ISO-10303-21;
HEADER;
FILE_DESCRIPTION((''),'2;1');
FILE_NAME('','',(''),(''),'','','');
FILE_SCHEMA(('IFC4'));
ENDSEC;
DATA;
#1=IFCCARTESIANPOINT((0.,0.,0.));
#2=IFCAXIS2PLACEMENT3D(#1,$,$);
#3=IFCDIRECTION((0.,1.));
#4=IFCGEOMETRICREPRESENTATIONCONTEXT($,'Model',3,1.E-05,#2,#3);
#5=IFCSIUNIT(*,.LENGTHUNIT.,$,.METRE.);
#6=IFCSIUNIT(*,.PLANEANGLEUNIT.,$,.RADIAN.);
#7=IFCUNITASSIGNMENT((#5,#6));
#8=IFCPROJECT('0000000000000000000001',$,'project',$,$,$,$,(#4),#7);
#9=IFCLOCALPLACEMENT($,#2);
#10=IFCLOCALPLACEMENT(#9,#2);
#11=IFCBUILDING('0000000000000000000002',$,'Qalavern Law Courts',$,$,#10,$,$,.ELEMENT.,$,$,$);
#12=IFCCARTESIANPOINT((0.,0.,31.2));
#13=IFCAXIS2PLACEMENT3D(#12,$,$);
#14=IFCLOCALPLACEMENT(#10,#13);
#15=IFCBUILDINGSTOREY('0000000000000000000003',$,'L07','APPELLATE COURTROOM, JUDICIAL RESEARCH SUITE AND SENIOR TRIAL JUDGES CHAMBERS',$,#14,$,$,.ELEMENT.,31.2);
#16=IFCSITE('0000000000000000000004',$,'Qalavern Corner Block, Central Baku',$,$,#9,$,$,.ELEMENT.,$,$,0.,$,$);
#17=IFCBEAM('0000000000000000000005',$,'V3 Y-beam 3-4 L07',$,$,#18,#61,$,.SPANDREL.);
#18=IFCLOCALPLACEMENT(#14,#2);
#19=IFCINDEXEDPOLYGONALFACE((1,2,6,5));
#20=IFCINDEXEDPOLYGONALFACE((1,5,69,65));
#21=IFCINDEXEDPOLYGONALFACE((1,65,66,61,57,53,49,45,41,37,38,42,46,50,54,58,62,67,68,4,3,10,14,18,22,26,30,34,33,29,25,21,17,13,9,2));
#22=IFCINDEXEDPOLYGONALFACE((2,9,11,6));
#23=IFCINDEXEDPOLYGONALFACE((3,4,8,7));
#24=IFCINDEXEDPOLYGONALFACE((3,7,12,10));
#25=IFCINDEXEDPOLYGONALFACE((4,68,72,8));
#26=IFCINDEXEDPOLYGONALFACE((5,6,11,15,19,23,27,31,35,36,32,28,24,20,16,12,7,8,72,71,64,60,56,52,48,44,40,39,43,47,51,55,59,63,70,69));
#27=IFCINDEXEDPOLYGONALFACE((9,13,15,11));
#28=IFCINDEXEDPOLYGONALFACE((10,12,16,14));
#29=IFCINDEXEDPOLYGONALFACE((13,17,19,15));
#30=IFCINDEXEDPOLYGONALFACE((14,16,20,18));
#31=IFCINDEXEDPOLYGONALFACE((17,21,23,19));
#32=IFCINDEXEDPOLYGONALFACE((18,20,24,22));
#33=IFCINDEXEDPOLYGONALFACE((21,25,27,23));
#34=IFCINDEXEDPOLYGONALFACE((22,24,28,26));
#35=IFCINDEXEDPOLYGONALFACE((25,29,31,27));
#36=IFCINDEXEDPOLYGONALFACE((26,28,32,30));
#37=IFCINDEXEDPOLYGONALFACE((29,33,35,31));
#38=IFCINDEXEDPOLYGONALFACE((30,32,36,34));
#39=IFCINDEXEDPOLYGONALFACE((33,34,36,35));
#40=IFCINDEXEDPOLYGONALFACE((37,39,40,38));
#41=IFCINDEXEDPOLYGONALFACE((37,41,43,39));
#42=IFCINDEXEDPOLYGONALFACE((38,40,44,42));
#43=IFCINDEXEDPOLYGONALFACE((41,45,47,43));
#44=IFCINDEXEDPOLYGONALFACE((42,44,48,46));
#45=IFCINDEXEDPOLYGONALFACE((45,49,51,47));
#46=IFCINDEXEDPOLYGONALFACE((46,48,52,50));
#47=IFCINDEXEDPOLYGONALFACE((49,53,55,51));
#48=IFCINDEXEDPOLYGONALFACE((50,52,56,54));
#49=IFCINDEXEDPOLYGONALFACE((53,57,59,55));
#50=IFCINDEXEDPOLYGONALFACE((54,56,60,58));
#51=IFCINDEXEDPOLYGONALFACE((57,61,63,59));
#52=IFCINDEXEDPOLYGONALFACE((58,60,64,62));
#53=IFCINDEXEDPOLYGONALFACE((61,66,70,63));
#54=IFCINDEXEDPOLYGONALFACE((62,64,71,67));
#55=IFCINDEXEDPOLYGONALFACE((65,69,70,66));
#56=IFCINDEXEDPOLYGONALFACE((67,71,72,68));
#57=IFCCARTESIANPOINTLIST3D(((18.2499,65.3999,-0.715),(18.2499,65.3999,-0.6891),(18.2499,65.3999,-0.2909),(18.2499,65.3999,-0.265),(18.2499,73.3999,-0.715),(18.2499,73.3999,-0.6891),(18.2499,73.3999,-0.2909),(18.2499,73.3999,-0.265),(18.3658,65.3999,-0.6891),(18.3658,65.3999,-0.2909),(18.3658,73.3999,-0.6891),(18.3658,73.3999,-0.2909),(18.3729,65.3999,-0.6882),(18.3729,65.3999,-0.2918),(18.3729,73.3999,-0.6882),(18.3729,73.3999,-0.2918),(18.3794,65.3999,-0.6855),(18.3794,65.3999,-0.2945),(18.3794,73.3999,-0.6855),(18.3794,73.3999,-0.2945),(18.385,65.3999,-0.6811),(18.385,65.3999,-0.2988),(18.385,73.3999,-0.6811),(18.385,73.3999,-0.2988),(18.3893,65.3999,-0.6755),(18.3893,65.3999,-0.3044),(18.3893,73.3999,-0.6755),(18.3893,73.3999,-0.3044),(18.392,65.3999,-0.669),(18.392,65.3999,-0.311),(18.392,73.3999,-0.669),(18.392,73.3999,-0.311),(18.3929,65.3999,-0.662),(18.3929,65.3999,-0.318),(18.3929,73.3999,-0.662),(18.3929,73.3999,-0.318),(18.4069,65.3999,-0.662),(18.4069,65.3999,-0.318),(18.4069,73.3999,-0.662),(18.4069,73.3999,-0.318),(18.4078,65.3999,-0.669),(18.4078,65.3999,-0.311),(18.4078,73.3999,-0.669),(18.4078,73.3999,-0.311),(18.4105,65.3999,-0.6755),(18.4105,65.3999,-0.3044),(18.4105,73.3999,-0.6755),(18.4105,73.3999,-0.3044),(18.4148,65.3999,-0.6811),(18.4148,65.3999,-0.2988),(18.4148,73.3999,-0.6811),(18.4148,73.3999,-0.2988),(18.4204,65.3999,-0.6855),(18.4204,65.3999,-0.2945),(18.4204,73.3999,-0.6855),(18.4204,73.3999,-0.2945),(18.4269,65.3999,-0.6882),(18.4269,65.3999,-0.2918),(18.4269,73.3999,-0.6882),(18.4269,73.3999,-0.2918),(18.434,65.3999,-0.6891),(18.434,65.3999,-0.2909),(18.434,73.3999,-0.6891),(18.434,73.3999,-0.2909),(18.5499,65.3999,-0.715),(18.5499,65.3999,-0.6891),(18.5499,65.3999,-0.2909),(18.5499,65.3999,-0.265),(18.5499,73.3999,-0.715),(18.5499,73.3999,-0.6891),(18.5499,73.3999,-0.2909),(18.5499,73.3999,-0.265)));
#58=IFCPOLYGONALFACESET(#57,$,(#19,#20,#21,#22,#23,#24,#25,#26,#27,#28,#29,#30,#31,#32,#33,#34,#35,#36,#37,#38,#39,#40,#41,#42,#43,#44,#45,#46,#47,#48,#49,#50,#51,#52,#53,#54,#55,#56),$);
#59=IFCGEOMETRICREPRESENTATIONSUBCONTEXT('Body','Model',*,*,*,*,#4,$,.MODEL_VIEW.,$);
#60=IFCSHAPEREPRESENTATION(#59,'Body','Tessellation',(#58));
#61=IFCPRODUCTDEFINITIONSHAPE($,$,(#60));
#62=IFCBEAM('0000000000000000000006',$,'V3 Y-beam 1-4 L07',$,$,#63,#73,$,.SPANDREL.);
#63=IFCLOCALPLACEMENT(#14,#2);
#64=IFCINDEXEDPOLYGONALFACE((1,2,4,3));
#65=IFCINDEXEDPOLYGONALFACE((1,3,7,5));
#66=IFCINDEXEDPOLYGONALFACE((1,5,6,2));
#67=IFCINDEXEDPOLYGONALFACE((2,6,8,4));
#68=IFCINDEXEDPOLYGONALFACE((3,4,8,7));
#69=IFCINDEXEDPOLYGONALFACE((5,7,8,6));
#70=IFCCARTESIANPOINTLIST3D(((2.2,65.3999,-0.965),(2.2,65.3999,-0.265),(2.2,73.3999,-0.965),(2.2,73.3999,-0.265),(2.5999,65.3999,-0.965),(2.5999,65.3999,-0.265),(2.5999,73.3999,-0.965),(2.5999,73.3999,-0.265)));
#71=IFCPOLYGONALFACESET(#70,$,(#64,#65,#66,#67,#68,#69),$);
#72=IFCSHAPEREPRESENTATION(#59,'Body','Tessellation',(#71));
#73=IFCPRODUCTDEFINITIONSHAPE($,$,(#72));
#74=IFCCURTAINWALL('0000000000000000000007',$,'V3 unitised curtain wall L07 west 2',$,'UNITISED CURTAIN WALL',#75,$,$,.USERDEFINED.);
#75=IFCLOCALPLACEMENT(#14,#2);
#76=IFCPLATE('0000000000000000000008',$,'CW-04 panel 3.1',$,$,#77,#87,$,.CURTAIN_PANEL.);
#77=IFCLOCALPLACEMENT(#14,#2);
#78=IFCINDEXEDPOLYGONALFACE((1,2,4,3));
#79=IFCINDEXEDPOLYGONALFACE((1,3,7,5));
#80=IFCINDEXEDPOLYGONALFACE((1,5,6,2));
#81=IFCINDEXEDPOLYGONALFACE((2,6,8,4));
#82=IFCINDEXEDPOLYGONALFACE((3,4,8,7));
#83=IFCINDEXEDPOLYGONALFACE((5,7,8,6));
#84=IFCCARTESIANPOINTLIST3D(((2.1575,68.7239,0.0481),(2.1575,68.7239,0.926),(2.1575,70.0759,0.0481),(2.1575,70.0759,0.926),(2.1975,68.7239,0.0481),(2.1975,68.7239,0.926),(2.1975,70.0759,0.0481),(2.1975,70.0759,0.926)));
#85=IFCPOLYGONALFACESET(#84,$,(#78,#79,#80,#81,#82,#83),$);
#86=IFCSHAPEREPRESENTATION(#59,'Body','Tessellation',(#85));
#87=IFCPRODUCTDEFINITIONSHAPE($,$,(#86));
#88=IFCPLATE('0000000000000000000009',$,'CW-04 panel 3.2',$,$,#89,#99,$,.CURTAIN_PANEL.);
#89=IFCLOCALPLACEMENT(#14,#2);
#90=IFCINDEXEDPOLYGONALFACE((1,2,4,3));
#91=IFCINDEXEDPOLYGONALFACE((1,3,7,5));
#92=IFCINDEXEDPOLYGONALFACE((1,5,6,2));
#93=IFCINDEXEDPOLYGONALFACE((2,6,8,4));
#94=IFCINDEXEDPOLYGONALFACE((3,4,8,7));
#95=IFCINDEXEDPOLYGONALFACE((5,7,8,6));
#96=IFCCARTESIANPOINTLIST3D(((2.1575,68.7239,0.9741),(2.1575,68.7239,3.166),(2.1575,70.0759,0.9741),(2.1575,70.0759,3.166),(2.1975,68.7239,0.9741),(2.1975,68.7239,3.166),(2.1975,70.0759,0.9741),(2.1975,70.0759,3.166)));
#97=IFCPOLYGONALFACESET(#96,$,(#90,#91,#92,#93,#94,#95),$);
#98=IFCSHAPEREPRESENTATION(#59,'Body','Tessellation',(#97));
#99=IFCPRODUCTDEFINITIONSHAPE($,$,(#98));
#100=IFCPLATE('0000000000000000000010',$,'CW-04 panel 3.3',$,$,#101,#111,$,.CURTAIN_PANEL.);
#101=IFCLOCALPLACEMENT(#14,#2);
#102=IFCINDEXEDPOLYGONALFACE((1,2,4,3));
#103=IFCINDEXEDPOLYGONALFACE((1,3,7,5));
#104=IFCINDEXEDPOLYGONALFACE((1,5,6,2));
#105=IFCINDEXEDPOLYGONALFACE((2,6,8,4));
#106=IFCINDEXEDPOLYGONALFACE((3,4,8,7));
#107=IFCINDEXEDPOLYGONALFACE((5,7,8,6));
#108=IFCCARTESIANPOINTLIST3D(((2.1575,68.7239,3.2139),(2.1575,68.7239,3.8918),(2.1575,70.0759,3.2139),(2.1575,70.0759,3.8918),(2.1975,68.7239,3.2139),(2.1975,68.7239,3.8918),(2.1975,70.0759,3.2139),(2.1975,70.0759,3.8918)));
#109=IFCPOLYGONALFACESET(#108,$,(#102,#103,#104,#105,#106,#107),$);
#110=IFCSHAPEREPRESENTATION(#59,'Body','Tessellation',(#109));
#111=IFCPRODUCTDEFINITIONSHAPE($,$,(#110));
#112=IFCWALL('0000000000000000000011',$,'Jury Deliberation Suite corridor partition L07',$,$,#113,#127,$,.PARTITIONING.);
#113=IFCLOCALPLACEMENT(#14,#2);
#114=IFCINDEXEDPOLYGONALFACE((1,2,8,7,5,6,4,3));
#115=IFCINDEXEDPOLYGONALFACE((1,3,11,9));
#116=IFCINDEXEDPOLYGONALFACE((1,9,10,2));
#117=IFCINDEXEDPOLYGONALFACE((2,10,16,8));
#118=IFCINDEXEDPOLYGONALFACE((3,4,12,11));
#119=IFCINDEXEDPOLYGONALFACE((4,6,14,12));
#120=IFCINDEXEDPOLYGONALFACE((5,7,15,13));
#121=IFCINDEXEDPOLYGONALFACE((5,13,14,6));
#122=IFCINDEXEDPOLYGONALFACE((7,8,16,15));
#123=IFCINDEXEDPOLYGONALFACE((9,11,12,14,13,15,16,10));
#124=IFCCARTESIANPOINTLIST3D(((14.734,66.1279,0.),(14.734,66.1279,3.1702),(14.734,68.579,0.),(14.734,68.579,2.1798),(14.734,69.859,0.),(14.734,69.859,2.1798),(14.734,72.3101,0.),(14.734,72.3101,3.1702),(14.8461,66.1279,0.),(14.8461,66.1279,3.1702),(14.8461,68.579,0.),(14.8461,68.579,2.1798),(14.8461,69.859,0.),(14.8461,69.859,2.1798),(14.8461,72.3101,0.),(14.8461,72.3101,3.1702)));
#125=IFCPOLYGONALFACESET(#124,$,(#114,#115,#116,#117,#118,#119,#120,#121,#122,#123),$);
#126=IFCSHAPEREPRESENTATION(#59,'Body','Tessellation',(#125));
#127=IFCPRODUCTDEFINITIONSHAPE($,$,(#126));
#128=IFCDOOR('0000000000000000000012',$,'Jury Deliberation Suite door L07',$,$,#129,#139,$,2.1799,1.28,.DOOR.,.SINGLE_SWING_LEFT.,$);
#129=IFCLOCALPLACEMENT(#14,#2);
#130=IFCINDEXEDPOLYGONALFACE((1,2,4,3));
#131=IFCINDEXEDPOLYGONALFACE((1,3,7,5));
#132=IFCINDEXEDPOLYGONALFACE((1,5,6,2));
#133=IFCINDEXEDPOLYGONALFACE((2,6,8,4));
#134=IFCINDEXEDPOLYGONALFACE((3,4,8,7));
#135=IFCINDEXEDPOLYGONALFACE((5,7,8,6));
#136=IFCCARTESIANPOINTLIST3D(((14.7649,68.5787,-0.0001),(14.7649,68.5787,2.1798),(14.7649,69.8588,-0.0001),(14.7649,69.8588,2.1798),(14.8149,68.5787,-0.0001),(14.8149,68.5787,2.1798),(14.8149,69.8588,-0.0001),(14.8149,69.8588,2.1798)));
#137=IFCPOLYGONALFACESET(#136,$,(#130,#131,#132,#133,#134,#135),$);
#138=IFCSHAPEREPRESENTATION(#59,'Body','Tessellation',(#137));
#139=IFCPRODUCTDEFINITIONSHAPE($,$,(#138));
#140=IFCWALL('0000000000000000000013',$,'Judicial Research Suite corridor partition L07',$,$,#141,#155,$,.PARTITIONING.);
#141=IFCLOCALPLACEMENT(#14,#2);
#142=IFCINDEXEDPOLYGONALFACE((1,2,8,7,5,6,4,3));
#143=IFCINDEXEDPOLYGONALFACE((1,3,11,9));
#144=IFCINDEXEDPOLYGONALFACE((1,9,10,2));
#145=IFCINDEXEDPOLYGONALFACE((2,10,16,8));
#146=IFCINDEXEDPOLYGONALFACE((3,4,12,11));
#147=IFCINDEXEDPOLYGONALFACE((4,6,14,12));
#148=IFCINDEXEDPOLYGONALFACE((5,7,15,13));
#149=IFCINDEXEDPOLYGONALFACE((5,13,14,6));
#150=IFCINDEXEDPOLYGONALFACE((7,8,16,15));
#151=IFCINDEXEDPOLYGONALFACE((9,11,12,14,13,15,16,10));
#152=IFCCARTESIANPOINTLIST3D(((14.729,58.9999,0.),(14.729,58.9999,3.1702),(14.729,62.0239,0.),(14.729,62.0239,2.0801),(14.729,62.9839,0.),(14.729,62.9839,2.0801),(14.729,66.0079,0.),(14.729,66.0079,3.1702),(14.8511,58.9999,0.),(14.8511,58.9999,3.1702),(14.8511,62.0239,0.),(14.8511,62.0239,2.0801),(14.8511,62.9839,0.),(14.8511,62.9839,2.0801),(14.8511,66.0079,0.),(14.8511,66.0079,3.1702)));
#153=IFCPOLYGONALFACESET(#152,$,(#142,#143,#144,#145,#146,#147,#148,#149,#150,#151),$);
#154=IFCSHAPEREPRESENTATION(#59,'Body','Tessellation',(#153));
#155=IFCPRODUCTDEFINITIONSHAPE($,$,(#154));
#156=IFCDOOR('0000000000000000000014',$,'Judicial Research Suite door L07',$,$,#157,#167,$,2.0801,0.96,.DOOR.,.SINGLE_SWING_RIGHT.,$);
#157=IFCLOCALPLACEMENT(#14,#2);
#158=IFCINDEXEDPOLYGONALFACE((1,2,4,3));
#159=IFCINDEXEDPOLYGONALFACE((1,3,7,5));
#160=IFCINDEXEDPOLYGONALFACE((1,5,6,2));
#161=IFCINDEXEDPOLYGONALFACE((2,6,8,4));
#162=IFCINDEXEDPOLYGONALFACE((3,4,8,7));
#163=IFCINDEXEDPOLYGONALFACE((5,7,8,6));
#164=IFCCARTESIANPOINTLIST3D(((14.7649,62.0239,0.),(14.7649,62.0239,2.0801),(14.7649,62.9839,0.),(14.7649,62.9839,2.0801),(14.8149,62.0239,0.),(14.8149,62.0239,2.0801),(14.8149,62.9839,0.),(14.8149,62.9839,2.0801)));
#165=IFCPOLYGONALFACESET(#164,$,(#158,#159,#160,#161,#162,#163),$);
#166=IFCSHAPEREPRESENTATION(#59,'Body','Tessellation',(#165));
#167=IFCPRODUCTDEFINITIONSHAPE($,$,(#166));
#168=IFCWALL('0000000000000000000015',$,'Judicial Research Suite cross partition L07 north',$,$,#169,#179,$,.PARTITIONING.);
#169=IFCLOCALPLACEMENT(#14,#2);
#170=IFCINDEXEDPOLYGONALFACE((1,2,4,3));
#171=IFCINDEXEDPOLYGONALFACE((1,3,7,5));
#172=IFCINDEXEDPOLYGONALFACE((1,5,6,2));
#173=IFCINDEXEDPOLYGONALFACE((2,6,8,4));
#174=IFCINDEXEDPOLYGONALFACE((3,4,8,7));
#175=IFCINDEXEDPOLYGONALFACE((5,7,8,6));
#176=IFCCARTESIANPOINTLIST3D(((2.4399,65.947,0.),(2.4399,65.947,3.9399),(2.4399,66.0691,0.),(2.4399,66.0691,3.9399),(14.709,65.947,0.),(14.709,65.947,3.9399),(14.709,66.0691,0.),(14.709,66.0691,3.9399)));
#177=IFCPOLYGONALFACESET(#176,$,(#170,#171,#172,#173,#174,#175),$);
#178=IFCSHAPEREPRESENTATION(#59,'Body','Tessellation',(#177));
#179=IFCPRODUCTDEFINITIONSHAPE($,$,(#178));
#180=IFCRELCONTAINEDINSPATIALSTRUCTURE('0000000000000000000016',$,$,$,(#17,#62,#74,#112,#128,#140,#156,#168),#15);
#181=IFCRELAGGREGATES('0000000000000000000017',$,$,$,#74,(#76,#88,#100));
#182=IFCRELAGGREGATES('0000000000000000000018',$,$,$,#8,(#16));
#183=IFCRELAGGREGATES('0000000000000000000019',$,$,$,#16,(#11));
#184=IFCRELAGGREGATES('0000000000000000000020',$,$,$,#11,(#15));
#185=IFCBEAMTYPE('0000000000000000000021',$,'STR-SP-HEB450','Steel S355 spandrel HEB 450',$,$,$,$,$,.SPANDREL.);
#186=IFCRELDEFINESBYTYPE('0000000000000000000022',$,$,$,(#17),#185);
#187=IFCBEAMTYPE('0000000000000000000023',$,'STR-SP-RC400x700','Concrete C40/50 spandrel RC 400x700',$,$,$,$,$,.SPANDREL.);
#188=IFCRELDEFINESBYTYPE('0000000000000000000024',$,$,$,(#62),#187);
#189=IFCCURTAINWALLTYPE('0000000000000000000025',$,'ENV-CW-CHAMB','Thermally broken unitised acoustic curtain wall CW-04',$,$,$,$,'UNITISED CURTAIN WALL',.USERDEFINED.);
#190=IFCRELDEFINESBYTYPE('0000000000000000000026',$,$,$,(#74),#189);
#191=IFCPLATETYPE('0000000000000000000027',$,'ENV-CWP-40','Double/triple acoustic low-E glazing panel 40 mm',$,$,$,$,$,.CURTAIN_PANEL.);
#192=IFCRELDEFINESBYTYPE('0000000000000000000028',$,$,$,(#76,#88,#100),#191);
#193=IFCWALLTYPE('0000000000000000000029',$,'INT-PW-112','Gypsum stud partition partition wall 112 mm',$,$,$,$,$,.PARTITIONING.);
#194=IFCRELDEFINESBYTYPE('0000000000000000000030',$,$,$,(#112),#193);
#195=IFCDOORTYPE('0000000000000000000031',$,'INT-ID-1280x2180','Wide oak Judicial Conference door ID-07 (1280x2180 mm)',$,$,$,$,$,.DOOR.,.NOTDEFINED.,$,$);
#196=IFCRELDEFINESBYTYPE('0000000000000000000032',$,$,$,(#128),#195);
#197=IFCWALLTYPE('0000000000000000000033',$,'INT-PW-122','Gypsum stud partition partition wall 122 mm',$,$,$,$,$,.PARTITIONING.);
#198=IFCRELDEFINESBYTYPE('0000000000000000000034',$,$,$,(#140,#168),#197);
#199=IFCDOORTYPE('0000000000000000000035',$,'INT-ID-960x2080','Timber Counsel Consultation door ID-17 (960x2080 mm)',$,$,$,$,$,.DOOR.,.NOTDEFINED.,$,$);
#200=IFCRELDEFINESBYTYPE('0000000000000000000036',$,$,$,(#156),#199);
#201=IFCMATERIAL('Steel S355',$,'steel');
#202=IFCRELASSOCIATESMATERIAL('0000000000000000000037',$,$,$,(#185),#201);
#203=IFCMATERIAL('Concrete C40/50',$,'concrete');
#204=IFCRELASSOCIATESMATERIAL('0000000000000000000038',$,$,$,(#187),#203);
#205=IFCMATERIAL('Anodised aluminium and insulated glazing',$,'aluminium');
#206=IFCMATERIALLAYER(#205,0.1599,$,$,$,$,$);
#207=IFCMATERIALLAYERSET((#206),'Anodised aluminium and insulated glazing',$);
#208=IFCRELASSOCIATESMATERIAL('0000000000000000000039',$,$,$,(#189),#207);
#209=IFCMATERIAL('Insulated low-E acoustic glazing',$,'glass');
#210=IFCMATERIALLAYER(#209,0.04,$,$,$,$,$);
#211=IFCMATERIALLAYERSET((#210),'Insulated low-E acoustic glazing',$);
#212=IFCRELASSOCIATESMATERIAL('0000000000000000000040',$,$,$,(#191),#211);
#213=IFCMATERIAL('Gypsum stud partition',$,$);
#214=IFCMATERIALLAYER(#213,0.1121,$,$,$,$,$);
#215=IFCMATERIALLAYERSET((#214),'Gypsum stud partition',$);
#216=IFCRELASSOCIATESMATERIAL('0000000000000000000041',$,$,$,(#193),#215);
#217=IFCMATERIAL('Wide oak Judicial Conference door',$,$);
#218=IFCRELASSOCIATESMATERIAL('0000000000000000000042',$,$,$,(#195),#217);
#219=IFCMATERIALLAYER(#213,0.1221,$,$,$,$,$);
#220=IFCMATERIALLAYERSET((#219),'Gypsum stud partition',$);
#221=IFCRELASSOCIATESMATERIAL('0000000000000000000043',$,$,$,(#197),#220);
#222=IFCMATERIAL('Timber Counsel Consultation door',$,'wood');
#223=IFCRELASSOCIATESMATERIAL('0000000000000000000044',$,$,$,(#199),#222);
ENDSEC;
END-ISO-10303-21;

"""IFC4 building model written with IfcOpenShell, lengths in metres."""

from ifc_helpers import new_model, si_unit, direction, frame, frame_2d, origin, origin_2d, place, context, subcontext, project, spatial, rectangle, i_section, extrude, material, layer, layer_set, material_profile, profile_set, type_object, element, fill, aggregate, save


model = new_model("IFC4")

# Units and contexts
model_context = context("Model", 3, precision=1e-05, world=origin(), true_north=direction((0.0, 1.0)))
body_context = subcontext(model_context, "Body", "Model", "MODEL_VIEW")
ifc_project = project(units=[si_unit("LENGTHUNIT", "METRE"), si_unit("PLANEANGLEUNIT", "RADIAN")], contexts=[model_context])

# Site, building, storey
site_placement = place(None, origin())
site = spatial("IfcSite", under=ifc_project, at=site_placement, Name="Qalavern Corner Block, Central Baku", CompositionType="ELEMENT", RefElevation=0.0)
building_placement = place(site_placement, origin())
building = spatial("IfcBuilding", under=site, at=building_placement, Name="Qalavern Law Courts", CompositionType="ELEMENT")
storey_placement = place(building_placement, frame((0.0, 0.0, 31.2)))
storey = spatial("IfcBuildingStorey", under=building, at=storey_placement, Name="L07", Description="APPELLATE COURTROOM, JUDICIAL RESEARCH SUITE AND SENIOR TRIAL JUDGES CHAMBERS", CompositionType="ELEMENT", Elevation=31.2)

# Beams
ifc_material_1 = material(Name="Steel S355", Category="steel")
ifc_material_2 = material(Name="Concrete C40/50", Category="concrete")
ifc_material_profile_1 = material_profile(ifc_material_1, i_section(OverallWidth=0.3, OverallDepth=0.45, WebThickness=0.0139, FlangeThickness=0.0259, FilletRadius=0.0271, at=origin_2d()), Name="HEB 450")
ifc_profile_set_1 = profile_set([ifc_material_profile_1], Name="Steel S355")
beam_type_1 = type_object("IfcBeamType", Name="STR-SP-HEB450", Description="Steel S355 spandrel HEB 450", PredefinedType="SPANDREL", material=ifc_profile_set_1)
beam_1_placement = place(storey_placement, frame((18.3999, 65.3999, -0.49), z_axis=(0.0, 1.0, 0.0), x_axis=(-1.0, 0.0, 0.0)))
element("IfcBeam", 1, at=beam_1_placement, inside=storey, type_object=beam_type_1, Name="V3 Y-beam 3-4 L07", PredefinedType="SPANDREL", context=body_context, shape_type="SweptSolid", body=[
    extrude(i_section(OverallWidth=0.3, OverallDepth=0.45, WebThickness=0.0139, FlangeThickness=0.0259, FilletRadius=0.0271, at=origin_2d()), origin(), (0.0, 0.0, 1.0), 8.0),
])
ifc_material_profile_2 = material_profile(ifc_material_2, rectangle(XDim=0.3999, YDim=0.7, at=origin_2d()), Name="RC 400x700")
ifc_profile_set_2 = profile_set([ifc_material_profile_2], Name="Concrete C40/50")
beam_type_2 = type_object("IfcBeamType", Name="STR-SP-RC400x700", Description="Concrete C40/50 spandrel RC 400x700", PredefinedType="SPANDREL", material=ifc_profile_set_2)
beam_2_placement = place(storey_placement, frame((2.3999, 65.3999, -0.615), z_axis=(0.0, 1.0, 0.0), x_axis=(-1.0, 0.0, 0.0)))
element("IfcBeam", 2, at=beam_2_placement, inside=storey, type_object=beam_type_2, Name="V3 Y-beam 1-4 L07", PredefinedType="SPANDREL", context=body_context, shape_type="SweptSolid", body=[
    extrude(rectangle(XDim=0.3999, YDim=0.7, at=origin_2d()), origin(), (0.0, 0.0, 1.0), 8.0),
])

# Curtain wall, plates
ifc_material_3 = material(Name="Anodised aluminium and insulated glazing", Category="aluminium")
ifc_layer_1 = layer(ifc_material_3, 0.1599)
ifc_layer_set_1 = layer_set([ifc_layer_1], Name="Anodised aluminium and insulated glazing")
curtain_wall_type = type_object("IfcCurtainWallType", Name="ENV-CW-CHAMB", Description="Thermally broken unitised acoustic curtain wall CW-04", ElementType="UNITISED CURTAIN WALL", PredefinedType="USERDEFINED", material=ifc_layer_set_1)
curtain_wall_placement = place(storey_placement, origin())
curtain_wall = element("IfcCurtainWall", 3, at=curtain_wall_placement, inside=storey, type_object=curtain_wall_type, Name="V3 unitised curtain wall L07 west 2", ObjectType="UNITISED CURTAIN WALL", PredefinedType="USERDEFINED")
ifc_material_4 = material(Name="Insulated low-E acoustic glazing", Category="glass")
ifc_layer_2 = layer(ifc_material_4, 0.04)
ifc_layer_set_2 = layer_set([ifc_layer_2], Name="Insulated low-E acoustic glazing")
plate_type = type_object("IfcPlateType", Name="ENV-CWP-40", Description="Double/triple acoustic low-E glazing panel 40 mm", PredefinedType="CURTAIN_PANEL", material=ifc_layer_set_2)
plate_1_placement = place(storey_placement, frame((2.1775, 69.3999, 0.0481), z_axis=(0.0, 0.0, 1.0), x_axis=(0.0, -1.0, 0.0)))
plate_1 = element("IfcPlate", 4, at=plate_1_placement, type_object=plate_type, Name="CW-04 panel 3.1", PredefinedType="CURTAIN_PANEL", context=body_context, shape_type="SweptSolid", body=[
    extrude(rectangle(XDim=1.3521, YDim=0.04, at=origin_2d()), origin(), (0.0, 0.0, 1.0), 0.8779),
])
plate_2_placement = place(storey_placement, frame((2.1775, 69.3999, 0.9741), z_axis=(0.0, 0.0, 1.0), x_axis=(0.0, -1.0, 0.0)))
plate_2 = element("IfcPlate", 5, at=plate_2_placement, type_object=plate_type, Name="CW-04 panel 3.2", PredefinedType="CURTAIN_PANEL", context=body_context, shape_type="SweptSolid", body=[
    extrude(rectangle(XDim=1.3521, YDim=0.04, at=origin_2d()), origin(), (0.0, 0.0, 1.0), 2.1919),
])
plate_3_placement = place(storey_placement, frame((2.1775, 69.3999, 3.2139), z_axis=(0.0, 0.0, 1.0), x_axis=(0.0, -1.0, 0.0)))
plate_3 = element("IfcPlate", 6, at=plate_3_placement, type_object=plate_type, Name="CW-04 panel 3.3", PredefinedType="CURTAIN_PANEL", context=body_context, shape_type="SweptSolid", body=[
    extrude(rectangle(XDim=1.3521, YDim=0.04, at=origin_2d()), origin(), (0.0, 0.0, 1.0), 0.678),
])
aggregate(curtain_wall, [plate_1, plate_2, plate_3])

# Walls, openings, doors
ifc_material_5 = material(Name="Gypsum stud partition")
ifc_layer_3 = layer(ifc_material_5, 0.1121)
ifc_layer_set_3 = layer_set([ifc_layer_3], Name="Gypsum stud partition")
wall_type_1 = type_object("IfcWallType", Name="INT-PW-112", Description="Gypsum stud partition partition wall 112 mm", PredefinedType="PARTITIONING", material=ifc_layer_set_3)
wall_1_placement = place(storey_placement, frame((14.79, 66.1279, 0.0), z_axis=(0.0, 0.0, 1.0), x_axis=(0.0, 1.0, 0.0)))
wall_1 = element("IfcWall", 7, at=wall_1_placement, inside=storey, type_object=wall_type_1, Name="Jury Deliberation Suite corridor partition L07", PredefinedType="PARTITIONING", context=body_context, shape_type="SweptSolid", body=[
    extrude(rectangle(XDim=6.1821, YDim=0.1121, at=frame_2d((3.0911, 0.0))), origin(), (0.0, 0.0, 1.0), 3.1702),
])
opening_1_placement = place(wall_1_placement, frame((2.4509, 0.0, 0.0)))
opening_1 = element("IfcOpeningElement", 8, at=opening_1_placement, cuts=wall_1, PredefinedType="OPENING", context=body_context, shape_type="SweptSolid", body=[
    extrude(rectangle(XDim=1.28, YDim=2.1799, at=frame_2d((0.6401, 1.0898))), frame((0.0, 0.0708, 0.0), z_axis=(0.0, -1.0, 0.0), x_axis=(1.0, 0.0, 0.0)), (0.0, 0.0, 1.0), 0.1418),
])
ifc_material_6 = material(Name="Wide oak Judicial Conference door")
door_type_1 = type_object("IfcDoorType", Name="INT-ID-1280x2180", Description="Wide oak Judicial Conference door ID-07 (1280x2180 mm)", OperationType="NOTDEFINED", PredefinedType="DOOR", material=ifc_material_6)
door_1_placement = place(opening_1_placement, frame((1.28, 0.0, 0.0), z_axis=(0.0, 0.0, 1.0), x_axis=(-1.0, 0.0, 0.0)))
door_1 = element("IfcDoor", 9, at=door_1_placement, inside=storey, type_object=door_type_1, Name="Jury Deliberation Suite door L07", OperationType="SINGLE_SWING_LEFT", OverallHeight=2.1799, OverallWidth=1.28, PredefinedType="DOOR", context=body_context, shape_type="SweptSolid", body=[
    extrude(rectangle(XDim=1.28, YDim=2.1799, at=frame_2d((0.6401, 1.0898))), frame((0.0, 0.0249, 0.0), z_axis=(0.0, -1.0, 0.0), x_axis=(1.0, 0.0, 0.0)), (0.0, 0.0, 1.0), 0.05),
])
fill(opening_1, door_1)
ifc_layer_4 = layer(ifc_material_5, 0.1221)
ifc_layer_set_4 = layer_set([ifc_layer_4], Name="Gypsum stud partition")
wall_type_2 = type_object("IfcWallType", Name="INT-PW-122", Description="Gypsum stud partition partition wall 122 mm", PredefinedType="PARTITIONING", material=ifc_layer_set_4)
wall_2_placement = place(storey_placement, frame((14.79, 59.0, 0.0), z_axis=(0.0, 0.0, 1.0), x_axis=(0.0, 1.0, 0.0)))
wall_2 = element("IfcWall", 10, at=wall_2_placement, inside=storey, type_object=wall_type_2, Name="Judicial Research Suite corridor partition L07", PredefinedType="PARTITIONING", context=body_context, shape_type="SweptSolid", body=[
    extrude(rectangle(XDim=7.0081, YDim=0.1221, at=frame_2d((3.5039, 0.0))), origin(), (0.0, 0.0, 1.0), 3.1702),
])
opening_2_placement = place(wall_2_placement, frame((3.0239, 0.0, 0.0)))
opening_2 = element("IfcOpeningElement", 11, at=opening_2_placement, cuts=wall_2, PredefinedType="OPENING", context=body_context, shape_type="SweptSolid", body=[
    extrude(rectangle(XDim=0.96, YDim=2.0801, at=frame_2d((0.48, 1.04))), frame((0.0, 0.0759, 0.0), z_axis=(0.0, -1.0, 0.0), x_axis=(1.0, 0.0, 0.0)), (0.0, 0.0, 1.0), 0.1519),
])
ifc_material_7 = material(Name="Timber Counsel Consultation door", Category="wood")
door_type_2 = type_object("IfcDoorType", Name="INT-ID-960x2080", Description="Timber Counsel Consultation door ID-17 (960x2080 mm)", OperationType="NOTDEFINED", PredefinedType="DOOR", material=ifc_material_7)
door_2_placement = place(opening_2_placement, frame((0.96, 0.0, 0.0), z_axis=(0.0, 0.0, 1.0), x_axis=(-1.0, 0.0, 0.0)))
door_2 = element("IfcDoor", 12, at=door_2_placement, inside=storey, type_object=door_type_2, Name="Judicial Research Suite door L07", OperationType="SINGLE_SWING_RIGHT", OverallHeight=2.0801, OverallWidth=0.96, PredefinedType="DOOR", context=body_context, shape_type="SweptSolid", body=[
    extrude(rectangle(XDim=0.96, YDim=2.0801, at=frame_2d((0.48, 1.04))), frame((0.0, 0.0249, 0.0), z_axis=(0.0, -1.0, 0.0), x_axis=(1.0, 0.0, 0.0)), (0.0, 0.0, 1.0), 0.05),
])
fill(opening_2, door_2)

# Wall
wall_3_placement = place(storey_placement, frame((2.4399, 66.0081, 0.0), z_axis=(0.0, 0.0, 1.0), x_axis=(1.0, 0.0, 0.0)))
element("IfcWall", 13, at=wall_3_placement, inside=storey, type_object=wall_type_2, Name="Judicial Research Suite cross partition L07 north", PredefinedType="PARTITIONING", context=body_context, shape_type="SweptSolid", body=[
    extrude(rectangle(XDim=12.269, YDim=0.1221, at=frame_2d((6.1345, 0.0))), origin(), (0.0, 0.0, 1.0), 3.9399),
])

save(model, "model.ifc")
